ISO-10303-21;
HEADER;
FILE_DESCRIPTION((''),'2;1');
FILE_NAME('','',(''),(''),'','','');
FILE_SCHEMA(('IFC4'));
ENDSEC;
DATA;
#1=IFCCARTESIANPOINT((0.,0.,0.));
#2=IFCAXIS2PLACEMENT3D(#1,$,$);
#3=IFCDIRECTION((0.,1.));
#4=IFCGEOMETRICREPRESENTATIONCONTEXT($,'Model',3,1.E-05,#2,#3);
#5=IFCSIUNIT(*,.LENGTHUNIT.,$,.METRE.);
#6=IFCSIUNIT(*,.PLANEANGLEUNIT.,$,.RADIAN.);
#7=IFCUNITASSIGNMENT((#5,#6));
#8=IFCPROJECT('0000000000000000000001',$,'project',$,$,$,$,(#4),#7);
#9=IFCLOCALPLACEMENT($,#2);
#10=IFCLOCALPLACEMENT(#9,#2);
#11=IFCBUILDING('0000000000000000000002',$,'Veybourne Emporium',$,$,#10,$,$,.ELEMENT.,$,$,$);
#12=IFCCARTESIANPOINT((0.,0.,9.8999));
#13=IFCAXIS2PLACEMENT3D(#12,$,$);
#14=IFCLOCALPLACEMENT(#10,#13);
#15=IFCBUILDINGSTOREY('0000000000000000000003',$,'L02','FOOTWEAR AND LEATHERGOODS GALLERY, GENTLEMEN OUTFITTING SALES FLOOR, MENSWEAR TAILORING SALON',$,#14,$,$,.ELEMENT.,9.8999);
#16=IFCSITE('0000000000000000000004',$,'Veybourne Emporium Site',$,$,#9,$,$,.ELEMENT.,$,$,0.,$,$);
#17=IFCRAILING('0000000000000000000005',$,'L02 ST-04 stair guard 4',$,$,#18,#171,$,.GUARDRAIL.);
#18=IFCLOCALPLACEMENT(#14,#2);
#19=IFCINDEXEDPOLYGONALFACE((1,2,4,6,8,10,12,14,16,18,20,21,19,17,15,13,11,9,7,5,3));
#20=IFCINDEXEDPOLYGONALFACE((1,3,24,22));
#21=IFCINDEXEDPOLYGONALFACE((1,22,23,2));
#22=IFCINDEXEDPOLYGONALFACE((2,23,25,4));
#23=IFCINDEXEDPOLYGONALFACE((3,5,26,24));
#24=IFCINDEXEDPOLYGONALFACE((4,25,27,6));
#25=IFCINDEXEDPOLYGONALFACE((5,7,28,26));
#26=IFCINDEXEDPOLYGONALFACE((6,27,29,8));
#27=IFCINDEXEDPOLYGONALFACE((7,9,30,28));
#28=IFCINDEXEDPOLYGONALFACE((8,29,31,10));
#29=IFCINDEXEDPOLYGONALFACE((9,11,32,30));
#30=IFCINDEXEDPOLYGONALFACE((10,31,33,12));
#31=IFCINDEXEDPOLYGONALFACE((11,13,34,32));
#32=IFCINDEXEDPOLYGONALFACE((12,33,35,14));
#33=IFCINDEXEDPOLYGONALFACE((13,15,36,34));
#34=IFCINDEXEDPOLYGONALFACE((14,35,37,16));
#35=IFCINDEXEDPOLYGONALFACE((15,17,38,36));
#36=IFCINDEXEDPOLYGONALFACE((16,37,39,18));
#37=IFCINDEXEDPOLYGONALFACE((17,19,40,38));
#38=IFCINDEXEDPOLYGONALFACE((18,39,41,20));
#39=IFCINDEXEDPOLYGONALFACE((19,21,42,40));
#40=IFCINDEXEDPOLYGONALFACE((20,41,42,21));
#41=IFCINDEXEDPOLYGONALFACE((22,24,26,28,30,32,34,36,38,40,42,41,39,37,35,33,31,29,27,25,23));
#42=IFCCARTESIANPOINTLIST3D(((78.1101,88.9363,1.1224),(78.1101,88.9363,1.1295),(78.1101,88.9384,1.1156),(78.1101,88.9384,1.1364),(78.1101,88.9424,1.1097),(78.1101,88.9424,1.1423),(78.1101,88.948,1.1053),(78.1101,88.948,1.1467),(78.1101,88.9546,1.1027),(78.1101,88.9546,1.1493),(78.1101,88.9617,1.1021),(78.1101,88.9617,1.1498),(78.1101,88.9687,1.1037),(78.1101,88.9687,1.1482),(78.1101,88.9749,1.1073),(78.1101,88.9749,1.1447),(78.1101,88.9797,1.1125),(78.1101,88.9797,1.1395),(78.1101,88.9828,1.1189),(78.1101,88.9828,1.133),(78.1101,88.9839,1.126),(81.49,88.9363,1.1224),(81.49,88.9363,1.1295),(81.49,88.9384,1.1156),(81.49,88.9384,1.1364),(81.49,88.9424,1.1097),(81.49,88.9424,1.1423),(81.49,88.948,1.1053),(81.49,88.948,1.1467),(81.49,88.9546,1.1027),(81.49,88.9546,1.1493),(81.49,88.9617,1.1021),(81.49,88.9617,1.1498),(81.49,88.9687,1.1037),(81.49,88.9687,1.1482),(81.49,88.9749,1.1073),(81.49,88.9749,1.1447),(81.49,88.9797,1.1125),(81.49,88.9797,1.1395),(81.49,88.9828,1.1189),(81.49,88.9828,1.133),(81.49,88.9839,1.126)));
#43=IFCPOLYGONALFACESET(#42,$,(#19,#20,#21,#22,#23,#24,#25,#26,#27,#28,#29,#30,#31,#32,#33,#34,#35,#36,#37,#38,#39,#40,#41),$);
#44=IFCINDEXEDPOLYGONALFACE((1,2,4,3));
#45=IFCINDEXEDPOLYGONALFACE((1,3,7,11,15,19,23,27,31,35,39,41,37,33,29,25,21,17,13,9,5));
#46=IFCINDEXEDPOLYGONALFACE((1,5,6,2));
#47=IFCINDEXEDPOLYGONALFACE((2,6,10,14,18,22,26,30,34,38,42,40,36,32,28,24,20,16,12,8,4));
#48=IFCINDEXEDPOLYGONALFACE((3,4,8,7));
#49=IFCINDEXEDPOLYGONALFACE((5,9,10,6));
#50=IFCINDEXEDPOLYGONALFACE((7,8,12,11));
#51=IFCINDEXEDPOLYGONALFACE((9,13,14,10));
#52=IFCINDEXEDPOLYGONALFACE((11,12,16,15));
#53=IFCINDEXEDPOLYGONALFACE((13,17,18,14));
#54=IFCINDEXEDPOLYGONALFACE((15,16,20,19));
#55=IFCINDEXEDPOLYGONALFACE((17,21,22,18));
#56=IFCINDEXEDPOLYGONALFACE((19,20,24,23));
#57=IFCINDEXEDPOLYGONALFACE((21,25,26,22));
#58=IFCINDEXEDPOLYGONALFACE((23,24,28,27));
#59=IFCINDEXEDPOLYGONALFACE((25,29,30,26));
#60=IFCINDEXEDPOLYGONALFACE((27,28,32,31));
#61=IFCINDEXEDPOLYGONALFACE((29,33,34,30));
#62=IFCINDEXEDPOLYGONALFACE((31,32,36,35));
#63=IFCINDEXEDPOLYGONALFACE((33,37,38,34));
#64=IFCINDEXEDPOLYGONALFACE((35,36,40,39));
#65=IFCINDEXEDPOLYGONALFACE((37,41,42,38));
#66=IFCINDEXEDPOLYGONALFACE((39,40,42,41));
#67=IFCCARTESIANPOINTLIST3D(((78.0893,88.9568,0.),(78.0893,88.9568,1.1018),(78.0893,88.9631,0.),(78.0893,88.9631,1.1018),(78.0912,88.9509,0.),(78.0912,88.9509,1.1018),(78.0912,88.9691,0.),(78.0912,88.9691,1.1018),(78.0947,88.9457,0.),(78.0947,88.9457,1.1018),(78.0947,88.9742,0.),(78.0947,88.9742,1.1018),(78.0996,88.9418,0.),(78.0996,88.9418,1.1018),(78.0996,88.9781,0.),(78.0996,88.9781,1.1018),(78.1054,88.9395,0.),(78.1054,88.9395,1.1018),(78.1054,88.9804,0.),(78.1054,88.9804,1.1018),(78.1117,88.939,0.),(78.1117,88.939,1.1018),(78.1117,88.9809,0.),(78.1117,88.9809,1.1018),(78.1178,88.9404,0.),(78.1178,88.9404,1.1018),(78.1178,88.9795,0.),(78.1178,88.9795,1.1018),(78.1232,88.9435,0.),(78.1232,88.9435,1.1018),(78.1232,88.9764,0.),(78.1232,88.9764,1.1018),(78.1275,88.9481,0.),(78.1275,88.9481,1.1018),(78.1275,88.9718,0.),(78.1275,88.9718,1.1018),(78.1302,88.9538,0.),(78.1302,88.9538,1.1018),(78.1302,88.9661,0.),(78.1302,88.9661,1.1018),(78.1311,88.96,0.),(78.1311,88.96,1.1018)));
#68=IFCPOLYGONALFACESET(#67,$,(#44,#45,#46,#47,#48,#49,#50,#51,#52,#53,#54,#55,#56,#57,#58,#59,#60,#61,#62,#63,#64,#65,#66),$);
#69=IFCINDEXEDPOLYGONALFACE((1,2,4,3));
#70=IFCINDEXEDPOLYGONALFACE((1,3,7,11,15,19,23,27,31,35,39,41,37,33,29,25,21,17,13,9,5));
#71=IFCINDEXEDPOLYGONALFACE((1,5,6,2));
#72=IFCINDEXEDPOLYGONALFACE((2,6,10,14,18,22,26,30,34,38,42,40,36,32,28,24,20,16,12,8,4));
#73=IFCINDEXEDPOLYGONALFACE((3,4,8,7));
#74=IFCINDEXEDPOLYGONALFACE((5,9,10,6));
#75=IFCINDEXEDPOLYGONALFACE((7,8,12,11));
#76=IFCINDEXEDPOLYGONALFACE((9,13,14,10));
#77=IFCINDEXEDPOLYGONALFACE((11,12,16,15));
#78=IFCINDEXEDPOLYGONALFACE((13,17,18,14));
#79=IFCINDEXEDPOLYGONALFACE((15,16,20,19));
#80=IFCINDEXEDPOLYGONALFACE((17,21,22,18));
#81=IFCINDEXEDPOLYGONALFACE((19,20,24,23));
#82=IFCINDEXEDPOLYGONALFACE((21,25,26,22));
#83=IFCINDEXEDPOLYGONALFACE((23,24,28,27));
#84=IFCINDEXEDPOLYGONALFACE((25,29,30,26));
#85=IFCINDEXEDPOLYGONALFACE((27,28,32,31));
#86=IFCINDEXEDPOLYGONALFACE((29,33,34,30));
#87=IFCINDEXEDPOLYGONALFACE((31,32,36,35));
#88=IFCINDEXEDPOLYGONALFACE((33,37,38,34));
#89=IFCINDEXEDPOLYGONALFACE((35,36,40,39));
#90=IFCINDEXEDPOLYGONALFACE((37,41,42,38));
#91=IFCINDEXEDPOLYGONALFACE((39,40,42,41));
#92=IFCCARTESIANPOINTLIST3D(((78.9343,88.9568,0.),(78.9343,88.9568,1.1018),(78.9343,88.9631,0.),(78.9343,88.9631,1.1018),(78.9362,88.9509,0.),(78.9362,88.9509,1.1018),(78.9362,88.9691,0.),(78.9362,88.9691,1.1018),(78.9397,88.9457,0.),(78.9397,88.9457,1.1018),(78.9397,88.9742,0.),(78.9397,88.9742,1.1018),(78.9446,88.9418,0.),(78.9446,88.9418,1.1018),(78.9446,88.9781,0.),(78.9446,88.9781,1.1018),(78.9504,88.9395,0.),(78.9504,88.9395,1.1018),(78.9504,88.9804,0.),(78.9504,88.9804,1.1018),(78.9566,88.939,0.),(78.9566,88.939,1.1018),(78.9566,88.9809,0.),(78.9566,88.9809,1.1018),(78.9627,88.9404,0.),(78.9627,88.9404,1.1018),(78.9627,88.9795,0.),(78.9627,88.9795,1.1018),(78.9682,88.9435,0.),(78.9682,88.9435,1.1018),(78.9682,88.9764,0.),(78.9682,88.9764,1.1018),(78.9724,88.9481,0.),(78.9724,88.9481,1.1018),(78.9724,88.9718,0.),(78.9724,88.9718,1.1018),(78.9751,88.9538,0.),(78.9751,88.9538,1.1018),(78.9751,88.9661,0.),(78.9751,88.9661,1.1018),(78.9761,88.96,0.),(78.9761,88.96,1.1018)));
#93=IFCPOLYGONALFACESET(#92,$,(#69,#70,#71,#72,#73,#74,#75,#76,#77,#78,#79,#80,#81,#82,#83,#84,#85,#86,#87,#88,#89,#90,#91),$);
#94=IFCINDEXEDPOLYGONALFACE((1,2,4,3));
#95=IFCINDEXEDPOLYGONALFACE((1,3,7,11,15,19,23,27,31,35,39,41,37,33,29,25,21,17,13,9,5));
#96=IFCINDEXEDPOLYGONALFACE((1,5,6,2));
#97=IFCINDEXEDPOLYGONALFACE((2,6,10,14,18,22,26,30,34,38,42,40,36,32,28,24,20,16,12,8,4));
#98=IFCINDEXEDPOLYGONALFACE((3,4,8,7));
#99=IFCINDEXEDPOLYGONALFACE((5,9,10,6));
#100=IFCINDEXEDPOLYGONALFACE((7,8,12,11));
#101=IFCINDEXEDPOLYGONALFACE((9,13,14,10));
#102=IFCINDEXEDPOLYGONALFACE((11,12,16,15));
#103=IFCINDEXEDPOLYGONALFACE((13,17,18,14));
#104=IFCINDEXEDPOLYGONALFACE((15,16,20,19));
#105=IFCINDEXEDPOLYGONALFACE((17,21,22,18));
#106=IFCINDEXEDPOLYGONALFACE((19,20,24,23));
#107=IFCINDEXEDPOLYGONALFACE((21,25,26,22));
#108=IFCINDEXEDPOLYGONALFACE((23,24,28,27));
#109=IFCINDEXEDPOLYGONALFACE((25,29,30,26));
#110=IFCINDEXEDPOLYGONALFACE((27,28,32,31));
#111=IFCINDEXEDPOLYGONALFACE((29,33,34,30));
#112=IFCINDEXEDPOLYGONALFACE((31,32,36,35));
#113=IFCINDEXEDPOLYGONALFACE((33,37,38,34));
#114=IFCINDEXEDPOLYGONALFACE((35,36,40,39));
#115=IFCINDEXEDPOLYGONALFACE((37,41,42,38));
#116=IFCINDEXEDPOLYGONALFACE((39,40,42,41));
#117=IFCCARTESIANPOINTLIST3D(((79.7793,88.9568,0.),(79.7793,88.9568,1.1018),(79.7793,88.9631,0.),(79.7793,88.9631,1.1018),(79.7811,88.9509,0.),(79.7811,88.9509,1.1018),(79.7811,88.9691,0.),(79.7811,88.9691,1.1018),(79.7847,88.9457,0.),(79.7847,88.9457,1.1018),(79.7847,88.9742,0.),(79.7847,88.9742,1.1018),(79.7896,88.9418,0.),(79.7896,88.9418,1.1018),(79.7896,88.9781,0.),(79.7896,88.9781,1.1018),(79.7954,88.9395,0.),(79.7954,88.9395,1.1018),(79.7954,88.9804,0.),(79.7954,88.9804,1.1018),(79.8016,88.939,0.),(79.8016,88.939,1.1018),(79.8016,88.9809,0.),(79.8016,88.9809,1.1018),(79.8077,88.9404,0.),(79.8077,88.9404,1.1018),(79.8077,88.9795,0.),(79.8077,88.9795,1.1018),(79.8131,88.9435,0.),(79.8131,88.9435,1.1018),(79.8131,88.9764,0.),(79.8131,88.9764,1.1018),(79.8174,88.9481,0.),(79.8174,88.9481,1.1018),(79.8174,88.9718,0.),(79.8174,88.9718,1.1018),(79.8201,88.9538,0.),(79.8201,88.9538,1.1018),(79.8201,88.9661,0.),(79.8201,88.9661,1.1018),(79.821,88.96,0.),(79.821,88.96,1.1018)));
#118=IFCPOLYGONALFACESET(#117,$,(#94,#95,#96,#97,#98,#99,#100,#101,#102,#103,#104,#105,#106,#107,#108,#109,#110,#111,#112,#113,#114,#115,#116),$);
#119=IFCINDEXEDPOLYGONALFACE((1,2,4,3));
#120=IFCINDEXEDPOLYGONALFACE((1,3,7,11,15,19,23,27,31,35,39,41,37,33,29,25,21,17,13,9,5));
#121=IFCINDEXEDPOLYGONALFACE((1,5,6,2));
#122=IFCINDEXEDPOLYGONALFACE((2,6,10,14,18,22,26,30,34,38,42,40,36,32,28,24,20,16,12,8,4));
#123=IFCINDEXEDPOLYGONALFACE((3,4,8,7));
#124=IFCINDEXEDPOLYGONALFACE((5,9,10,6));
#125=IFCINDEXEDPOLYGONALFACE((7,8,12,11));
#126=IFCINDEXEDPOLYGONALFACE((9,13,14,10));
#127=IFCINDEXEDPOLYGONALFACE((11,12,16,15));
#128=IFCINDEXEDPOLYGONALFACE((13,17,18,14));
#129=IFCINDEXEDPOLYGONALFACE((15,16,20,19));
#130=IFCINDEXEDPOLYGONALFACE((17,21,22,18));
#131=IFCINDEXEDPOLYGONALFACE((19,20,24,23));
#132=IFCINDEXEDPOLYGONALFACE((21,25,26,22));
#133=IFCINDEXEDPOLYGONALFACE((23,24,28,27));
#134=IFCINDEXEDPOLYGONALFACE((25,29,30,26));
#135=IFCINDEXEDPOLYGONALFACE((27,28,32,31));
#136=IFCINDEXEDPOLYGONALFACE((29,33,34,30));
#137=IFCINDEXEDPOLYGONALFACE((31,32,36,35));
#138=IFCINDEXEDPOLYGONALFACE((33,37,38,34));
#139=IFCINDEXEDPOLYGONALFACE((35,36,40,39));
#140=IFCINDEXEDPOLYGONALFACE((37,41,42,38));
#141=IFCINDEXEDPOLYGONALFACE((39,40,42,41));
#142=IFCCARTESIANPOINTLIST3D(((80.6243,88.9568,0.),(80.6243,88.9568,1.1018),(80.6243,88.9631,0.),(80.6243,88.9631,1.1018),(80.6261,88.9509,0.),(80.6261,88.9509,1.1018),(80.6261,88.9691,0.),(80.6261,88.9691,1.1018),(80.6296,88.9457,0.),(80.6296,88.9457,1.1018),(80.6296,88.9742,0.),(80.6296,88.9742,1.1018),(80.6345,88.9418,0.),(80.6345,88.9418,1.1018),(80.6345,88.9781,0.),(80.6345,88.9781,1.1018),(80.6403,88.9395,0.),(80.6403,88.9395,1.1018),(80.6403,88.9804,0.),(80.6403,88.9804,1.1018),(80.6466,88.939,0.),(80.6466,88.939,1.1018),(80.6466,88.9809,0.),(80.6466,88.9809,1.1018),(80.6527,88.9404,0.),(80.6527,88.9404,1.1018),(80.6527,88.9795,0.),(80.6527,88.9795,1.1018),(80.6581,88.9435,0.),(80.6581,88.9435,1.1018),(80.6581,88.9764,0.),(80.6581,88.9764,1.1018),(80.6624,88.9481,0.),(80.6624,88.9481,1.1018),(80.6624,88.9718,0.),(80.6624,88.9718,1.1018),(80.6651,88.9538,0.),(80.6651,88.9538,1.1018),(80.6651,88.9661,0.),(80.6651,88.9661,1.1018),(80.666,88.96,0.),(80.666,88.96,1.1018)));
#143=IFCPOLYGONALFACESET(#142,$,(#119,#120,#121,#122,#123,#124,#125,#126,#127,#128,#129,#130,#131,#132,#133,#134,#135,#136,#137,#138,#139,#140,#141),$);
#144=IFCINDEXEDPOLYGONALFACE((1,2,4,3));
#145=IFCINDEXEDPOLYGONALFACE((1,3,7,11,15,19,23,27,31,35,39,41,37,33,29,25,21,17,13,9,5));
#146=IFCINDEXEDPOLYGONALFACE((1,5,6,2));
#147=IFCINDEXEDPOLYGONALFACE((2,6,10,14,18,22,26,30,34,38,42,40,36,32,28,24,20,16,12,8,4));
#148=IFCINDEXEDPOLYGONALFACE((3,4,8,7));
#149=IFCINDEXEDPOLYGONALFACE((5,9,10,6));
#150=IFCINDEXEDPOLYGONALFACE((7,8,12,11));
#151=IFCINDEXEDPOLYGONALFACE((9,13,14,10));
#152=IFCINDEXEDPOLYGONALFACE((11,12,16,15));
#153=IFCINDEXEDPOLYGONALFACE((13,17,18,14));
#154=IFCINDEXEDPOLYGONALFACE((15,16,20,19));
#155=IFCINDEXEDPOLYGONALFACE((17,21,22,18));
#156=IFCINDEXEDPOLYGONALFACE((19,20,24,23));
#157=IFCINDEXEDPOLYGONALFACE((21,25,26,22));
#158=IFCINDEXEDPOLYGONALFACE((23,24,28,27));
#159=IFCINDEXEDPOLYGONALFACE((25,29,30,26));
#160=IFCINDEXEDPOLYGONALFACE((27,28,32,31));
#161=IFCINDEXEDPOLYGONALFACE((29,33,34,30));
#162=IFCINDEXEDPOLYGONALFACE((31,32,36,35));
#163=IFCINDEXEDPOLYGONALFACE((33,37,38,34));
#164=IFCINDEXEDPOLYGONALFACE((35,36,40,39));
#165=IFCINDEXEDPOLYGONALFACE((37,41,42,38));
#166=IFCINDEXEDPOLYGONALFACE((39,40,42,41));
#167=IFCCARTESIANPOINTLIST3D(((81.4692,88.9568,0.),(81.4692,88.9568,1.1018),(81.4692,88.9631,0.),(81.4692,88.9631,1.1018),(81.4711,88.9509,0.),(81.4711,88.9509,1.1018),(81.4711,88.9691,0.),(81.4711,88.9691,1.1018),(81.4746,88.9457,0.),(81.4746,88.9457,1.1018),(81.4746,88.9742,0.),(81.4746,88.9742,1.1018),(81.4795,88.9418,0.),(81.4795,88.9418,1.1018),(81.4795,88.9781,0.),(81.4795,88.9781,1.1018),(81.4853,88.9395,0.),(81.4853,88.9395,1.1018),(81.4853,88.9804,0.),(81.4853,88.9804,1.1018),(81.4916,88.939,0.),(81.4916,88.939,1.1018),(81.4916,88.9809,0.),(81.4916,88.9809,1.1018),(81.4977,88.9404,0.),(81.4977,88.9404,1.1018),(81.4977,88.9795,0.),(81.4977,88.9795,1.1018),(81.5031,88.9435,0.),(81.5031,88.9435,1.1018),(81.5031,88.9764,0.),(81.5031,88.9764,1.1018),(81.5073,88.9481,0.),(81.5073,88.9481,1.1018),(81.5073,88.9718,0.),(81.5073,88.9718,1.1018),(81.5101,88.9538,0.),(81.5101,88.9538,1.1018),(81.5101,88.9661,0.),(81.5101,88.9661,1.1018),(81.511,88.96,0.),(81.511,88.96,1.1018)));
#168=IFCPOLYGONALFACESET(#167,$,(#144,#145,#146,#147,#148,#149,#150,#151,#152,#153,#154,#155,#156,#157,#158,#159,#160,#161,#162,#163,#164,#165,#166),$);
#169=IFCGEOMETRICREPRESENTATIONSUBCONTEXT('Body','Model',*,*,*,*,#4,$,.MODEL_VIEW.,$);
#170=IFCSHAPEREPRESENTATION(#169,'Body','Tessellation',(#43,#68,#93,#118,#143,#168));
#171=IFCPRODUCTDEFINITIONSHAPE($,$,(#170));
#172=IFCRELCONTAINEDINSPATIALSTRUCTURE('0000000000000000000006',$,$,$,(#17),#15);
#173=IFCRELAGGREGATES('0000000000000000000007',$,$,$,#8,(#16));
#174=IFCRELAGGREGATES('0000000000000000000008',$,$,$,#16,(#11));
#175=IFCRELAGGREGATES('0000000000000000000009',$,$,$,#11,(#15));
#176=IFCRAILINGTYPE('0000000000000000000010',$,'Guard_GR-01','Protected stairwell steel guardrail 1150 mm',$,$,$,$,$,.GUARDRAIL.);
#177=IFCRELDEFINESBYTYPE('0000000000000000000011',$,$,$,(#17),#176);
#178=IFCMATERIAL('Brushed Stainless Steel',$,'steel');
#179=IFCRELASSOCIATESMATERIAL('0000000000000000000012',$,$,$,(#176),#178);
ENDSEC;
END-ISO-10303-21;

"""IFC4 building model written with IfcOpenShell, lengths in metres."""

from ifc_helpers import new_model, si_unit, direction, frame, origin, origin_2d, place, context, subcontext, project, spatial, circle, extrude, material, type_object, element, save


model = new_model("IFC4")

# Units and contexts
model_context = context("Model", 3, precision=1e-05, world=origin(), true_north=direction((0.0, 1.0)))
body_context = subcontext(model_context, "Body", "Model", "MODEL_VIEW")
ifc_project = project(units=[si_unit("LENGTHUNIT", "METRE"), si_unit("PLANEANGLEUNIT", "RADIAN")], contexts=[model_context])

# Site, building, storey
site_placement = place(None, origin())
site = spatial("IfcSite", under=ifc_project, at=site_placement, Name="Veybourne Emporium Site", CompositionType="ELEMENT", RefElevation=0.0)
building_placement = place(site_placement, origin())
building = spatial("IfcBuilding", under=site, at=building_placement, Name="Veybourne Emporium", CompositionType="ELEMENT")
storey_placement = place(building_placement, frame((0.0, 0.0, 9.8999)))
storey = spatial("IfcBuildingStorey", under=building, at=storey_placement, Name="L02", Description="FOOTWEAR AND LEATHERGOODS GALLERY, GENTLEMEN OUTFITTING SALES FLOOR, MENSWEAR TAILORING SALON", CompositionType="ELEMENT", Elevation=9.8999)

# Railing
ifc_material_1 = material(Name="Brushed Stainless Steel", Category="steel")
railing_type_1 = type_object("IfcRailingType", Name="Guard_GR-01", Description="Protected stairwell steel guardrail 1150 mm", PredefinedType="GUARDRAIL", material=ifc_material_1)
railing_1_placement = place(storey_placement, frame((78.1101, 88.96, 0.0)))
element("IfcRailing", 1, at=railing_1_placement, inside=storey, type_object=railing_type_1, Name="L02 ST-04 stair guard 4", PredefinedType="GUARDRAIL", context=body_context, shape_type="SweptSolid", body=[
    extrude(circle(Radius=0.0239, at=origin_2d()), frame((0.0, 0.0, 1.126), z_axis=(1.0, 0.0, 0.0), x_axis=(0.0, 1.0, 0.0)), (0.0, 0.0, 1.0), 3.3799),
    extrude(circle(Radius=0.021, at=origin_2d()), origin(), (0.0, 0.0, 1.0), 1.1018),
    extrude(circle(Radius=0.021, at=origin_2d()), frame((0.845, 0.0, 0.0)), (0.0, 0.0, 1.0), 1.1018),
    extrude(circle(Radius=0.021, at=origin_2d()), frame((1.6899, 0.0, 0.0)), (0.0, 0.0, 1.0), 1.1018),
    extrude(circle(Radius=0.021, at=origin_2d()), frame((2.5349, 0.0, 0.0)), (0.0, 0.0, 1.0), 1.1018),
    extrude(circle(Radius=0.021, at=origin_2d()), frame((3.3799, 0.0, 0.0)), (0.0, 0.0, 1.0), 1.1018),
])

save(model, "model.ifc")
